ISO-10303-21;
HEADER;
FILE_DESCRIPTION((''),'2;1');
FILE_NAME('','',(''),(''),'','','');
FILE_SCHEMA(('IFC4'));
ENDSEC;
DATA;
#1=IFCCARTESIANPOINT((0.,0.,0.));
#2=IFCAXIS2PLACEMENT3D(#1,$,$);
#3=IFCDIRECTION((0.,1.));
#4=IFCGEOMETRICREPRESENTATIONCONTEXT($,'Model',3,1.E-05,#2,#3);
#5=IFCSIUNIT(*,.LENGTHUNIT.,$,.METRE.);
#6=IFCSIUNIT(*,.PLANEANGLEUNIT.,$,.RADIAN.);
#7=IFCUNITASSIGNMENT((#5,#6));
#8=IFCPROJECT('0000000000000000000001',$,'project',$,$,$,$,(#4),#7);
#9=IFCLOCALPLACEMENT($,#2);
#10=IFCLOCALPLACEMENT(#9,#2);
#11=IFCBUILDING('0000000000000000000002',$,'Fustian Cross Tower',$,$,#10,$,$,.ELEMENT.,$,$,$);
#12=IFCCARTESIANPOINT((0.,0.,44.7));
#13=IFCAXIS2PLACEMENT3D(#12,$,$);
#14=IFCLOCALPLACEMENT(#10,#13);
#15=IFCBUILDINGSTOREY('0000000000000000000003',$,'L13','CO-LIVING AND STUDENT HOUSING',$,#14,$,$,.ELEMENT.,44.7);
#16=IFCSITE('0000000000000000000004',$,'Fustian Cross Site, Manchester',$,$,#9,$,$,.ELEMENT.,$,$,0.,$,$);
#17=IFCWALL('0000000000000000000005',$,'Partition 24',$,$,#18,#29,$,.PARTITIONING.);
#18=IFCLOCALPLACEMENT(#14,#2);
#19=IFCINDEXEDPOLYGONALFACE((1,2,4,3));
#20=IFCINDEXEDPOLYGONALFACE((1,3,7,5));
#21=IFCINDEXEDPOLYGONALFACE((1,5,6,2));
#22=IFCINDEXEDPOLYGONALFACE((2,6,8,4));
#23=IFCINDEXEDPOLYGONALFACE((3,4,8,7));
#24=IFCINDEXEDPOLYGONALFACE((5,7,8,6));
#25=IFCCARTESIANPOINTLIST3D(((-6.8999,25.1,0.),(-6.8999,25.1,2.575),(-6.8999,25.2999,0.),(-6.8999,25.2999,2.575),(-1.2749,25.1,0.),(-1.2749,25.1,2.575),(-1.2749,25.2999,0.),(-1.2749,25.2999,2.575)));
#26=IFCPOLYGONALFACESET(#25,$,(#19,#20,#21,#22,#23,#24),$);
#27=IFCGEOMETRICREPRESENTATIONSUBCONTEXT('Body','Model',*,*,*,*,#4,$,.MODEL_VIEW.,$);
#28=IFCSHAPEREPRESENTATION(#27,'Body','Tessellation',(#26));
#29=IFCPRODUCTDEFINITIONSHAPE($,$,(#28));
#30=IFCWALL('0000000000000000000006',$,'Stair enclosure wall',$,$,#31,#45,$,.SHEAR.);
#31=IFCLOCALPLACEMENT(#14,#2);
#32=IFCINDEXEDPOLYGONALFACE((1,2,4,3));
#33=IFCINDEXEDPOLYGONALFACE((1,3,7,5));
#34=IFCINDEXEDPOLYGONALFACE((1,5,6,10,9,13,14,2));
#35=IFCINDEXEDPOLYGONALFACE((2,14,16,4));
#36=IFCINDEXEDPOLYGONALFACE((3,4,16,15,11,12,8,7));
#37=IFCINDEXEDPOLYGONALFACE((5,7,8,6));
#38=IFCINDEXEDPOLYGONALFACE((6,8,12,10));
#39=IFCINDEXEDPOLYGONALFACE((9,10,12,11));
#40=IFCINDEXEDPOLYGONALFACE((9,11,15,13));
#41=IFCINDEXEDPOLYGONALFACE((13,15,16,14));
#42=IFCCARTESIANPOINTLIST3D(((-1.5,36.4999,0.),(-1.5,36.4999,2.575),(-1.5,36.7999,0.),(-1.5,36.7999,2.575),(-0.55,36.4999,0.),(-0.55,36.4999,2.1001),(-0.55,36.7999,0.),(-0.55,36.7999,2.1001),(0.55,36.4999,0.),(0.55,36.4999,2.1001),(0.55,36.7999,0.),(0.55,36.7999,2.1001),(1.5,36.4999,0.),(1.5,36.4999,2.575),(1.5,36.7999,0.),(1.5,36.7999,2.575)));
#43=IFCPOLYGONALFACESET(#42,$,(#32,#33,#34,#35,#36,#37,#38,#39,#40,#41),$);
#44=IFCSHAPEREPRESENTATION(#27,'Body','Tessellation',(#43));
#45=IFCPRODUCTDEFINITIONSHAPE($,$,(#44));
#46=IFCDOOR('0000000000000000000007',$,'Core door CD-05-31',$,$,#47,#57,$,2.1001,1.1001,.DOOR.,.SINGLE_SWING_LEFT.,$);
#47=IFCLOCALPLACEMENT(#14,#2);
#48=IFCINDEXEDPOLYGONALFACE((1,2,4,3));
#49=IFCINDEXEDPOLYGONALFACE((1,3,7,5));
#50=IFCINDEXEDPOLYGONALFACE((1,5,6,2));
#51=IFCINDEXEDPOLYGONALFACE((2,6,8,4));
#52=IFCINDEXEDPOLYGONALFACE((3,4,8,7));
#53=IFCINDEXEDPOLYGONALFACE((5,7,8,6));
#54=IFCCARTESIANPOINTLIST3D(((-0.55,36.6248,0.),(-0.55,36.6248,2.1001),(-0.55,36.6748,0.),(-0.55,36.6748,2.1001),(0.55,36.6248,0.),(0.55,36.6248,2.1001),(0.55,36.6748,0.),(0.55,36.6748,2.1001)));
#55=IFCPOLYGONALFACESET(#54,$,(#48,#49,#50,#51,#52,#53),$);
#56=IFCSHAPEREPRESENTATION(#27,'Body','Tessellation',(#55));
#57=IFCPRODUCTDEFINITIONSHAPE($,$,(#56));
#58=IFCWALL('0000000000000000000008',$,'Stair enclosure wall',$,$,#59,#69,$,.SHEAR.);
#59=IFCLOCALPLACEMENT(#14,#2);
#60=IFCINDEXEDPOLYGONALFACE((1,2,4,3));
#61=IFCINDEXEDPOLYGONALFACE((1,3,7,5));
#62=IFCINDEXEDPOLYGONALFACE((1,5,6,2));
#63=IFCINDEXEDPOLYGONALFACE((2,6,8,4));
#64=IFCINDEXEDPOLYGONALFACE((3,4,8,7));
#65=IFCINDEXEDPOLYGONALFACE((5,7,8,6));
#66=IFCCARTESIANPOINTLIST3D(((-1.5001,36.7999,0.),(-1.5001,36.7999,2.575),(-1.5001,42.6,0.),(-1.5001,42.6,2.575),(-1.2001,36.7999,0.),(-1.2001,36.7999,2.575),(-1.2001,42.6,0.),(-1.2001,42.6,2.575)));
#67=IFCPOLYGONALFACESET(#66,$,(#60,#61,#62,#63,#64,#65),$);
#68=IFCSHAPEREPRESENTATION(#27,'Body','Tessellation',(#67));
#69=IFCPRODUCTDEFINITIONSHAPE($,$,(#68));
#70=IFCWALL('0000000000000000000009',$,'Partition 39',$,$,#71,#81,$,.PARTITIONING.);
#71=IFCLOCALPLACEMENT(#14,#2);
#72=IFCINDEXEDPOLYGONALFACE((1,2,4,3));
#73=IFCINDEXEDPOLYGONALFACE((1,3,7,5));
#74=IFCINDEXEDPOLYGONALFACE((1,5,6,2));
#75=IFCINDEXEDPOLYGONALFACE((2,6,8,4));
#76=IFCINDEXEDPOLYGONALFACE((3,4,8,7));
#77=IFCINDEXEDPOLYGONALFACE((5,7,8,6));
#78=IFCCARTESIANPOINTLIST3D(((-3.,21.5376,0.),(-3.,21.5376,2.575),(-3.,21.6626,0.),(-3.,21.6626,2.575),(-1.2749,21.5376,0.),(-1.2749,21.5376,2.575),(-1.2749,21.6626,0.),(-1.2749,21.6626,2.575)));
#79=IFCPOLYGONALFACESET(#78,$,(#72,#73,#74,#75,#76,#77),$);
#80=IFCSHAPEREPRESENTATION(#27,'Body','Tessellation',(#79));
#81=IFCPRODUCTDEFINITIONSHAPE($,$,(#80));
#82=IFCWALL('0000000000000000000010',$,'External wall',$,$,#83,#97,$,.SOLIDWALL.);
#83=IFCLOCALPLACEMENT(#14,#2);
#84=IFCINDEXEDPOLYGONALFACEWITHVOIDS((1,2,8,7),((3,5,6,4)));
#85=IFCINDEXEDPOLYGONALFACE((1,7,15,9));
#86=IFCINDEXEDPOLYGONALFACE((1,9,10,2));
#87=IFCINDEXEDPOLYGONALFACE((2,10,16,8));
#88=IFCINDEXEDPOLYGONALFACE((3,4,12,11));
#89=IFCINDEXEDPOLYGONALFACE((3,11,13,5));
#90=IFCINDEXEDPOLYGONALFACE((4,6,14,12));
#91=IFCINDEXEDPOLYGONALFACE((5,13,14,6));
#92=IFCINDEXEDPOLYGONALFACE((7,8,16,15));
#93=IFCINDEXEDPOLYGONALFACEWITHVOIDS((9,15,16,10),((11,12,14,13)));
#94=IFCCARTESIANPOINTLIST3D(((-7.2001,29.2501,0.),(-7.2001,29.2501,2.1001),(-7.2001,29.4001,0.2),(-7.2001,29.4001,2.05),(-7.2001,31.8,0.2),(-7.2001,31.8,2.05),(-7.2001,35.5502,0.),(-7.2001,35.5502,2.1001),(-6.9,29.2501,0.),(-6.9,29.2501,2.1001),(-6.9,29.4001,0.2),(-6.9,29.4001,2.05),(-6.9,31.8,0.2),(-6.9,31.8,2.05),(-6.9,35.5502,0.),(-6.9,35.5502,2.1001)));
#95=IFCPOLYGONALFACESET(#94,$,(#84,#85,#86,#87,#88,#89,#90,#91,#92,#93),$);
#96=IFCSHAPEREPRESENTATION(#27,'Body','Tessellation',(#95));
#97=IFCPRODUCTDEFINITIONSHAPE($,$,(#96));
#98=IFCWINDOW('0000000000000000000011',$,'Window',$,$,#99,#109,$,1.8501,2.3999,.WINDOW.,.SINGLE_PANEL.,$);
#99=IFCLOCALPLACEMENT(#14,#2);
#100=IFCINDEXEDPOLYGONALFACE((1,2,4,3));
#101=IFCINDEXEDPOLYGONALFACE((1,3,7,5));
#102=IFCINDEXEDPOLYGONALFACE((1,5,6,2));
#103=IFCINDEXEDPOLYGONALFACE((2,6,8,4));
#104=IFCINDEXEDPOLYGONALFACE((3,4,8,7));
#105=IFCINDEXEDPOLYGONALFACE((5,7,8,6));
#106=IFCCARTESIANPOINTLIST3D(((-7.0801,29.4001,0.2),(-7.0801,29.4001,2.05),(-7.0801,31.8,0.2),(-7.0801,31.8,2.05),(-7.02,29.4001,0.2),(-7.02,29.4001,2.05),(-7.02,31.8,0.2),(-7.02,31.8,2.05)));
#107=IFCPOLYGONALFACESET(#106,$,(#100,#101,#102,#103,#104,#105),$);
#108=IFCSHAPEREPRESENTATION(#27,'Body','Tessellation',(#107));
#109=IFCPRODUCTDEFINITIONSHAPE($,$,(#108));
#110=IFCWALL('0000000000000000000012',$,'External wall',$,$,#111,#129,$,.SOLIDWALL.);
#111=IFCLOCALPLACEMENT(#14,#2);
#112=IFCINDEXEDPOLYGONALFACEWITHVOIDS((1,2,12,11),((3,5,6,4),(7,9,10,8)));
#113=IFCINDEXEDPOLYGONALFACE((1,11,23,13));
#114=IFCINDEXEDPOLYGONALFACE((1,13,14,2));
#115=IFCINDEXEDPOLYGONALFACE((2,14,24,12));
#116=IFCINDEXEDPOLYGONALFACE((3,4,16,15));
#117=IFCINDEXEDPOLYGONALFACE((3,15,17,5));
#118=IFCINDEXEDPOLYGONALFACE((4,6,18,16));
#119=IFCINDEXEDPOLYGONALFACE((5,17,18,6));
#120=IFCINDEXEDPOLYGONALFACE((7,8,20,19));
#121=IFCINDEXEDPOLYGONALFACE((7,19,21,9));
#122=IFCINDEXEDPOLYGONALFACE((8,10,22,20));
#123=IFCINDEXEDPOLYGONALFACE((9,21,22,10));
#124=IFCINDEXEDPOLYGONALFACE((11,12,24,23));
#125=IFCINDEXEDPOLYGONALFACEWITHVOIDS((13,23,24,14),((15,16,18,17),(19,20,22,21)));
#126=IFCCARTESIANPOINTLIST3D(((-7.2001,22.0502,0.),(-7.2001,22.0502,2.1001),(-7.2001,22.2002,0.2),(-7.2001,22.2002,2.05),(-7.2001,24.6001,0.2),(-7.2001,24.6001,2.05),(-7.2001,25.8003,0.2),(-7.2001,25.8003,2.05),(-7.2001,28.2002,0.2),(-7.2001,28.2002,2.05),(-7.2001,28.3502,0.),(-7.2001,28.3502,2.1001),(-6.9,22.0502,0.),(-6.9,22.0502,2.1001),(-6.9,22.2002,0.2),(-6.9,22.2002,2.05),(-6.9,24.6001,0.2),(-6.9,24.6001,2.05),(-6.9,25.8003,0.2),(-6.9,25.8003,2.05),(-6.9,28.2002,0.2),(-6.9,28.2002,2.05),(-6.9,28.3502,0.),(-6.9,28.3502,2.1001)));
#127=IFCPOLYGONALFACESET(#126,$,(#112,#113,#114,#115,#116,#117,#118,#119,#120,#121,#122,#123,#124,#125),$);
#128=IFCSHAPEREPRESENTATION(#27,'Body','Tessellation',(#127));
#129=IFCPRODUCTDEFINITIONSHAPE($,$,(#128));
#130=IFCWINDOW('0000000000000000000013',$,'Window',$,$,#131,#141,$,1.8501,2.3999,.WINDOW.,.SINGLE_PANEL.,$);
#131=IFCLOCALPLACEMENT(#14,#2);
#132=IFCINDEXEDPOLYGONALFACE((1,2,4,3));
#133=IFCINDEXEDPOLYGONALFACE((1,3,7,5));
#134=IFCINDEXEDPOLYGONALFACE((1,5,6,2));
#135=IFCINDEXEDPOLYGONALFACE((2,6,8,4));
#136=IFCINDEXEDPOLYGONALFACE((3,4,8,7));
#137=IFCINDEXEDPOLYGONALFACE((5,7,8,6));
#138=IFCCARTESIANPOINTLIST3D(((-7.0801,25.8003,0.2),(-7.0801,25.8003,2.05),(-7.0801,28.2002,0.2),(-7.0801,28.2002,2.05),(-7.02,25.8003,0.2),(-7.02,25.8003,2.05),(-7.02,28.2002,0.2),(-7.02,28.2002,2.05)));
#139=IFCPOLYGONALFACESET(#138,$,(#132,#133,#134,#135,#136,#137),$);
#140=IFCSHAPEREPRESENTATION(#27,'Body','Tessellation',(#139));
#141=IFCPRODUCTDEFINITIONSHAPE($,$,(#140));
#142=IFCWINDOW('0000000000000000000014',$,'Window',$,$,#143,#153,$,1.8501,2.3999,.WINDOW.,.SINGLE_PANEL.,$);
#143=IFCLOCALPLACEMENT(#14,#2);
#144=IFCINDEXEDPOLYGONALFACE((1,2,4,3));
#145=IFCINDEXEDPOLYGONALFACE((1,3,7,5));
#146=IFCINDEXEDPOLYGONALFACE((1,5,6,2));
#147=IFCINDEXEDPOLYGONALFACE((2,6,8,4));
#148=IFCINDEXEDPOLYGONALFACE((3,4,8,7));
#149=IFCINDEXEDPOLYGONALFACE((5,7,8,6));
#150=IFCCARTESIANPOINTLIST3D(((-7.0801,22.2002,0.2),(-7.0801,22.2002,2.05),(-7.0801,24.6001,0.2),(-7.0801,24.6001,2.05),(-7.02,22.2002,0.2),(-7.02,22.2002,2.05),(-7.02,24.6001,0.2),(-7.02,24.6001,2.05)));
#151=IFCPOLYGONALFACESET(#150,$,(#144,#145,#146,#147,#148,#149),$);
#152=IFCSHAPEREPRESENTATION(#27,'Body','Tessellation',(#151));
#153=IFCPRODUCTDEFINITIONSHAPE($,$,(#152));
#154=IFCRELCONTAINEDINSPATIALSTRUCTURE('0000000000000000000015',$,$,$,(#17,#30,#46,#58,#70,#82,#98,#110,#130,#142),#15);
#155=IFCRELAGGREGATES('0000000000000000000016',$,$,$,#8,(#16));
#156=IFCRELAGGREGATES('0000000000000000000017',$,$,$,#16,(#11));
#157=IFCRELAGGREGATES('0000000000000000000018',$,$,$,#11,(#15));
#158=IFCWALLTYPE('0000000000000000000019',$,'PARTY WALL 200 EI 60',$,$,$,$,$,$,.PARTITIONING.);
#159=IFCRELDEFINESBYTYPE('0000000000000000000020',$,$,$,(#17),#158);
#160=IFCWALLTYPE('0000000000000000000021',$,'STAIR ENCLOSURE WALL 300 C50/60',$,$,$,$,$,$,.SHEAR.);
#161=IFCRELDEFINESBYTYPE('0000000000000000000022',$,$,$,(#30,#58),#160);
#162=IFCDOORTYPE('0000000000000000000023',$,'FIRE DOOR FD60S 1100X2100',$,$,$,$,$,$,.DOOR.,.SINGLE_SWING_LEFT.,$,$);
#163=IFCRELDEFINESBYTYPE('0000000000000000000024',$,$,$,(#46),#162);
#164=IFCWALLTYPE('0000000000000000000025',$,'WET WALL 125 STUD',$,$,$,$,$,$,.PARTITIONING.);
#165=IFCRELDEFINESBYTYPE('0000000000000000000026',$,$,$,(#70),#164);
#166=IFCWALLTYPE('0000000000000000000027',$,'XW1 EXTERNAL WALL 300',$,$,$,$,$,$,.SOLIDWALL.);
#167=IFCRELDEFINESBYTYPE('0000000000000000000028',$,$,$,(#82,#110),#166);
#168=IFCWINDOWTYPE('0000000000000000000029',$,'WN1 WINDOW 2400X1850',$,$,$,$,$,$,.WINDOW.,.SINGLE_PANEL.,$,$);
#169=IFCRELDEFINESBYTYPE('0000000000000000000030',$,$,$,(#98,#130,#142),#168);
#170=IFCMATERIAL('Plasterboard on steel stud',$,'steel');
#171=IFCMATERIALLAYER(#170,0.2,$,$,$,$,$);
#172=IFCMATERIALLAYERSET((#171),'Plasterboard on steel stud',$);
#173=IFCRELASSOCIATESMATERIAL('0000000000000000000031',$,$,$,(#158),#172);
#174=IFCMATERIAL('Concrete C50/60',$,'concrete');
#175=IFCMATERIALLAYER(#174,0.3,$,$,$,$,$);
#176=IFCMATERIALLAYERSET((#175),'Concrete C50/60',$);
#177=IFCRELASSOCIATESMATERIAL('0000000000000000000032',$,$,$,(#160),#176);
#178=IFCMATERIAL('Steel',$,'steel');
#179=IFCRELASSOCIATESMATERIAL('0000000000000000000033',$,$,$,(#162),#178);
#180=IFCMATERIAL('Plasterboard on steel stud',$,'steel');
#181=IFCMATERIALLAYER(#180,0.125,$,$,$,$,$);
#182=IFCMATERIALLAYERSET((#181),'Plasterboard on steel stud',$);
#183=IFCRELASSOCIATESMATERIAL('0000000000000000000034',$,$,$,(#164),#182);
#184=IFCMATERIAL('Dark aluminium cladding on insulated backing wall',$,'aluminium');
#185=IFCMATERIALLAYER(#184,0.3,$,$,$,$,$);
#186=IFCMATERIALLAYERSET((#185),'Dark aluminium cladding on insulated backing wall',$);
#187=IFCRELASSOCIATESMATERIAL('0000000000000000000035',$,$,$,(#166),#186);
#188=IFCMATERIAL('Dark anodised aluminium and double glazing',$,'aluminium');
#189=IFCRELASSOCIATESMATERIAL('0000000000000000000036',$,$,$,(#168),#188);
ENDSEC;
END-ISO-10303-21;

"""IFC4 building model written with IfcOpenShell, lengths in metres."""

from ifc_helpers import new_model, si_unit, direction, frame, frame_2d, origin, place, context, subcontext, project, spatial, rectangle, extrude, material, layer, layer_set, type_object, element, fill, save


model = new_model("IFC4")

# Units and contexts
model_context = context("Model", 3, precision=1e-05, world=origin(), true_north=direction((0.0, 1.0)))
body_context = subcontext(model_context, "Body", "Model", "MODEL_VIEW")
ifc_project = project(units=[si_unit("LENGTHUNIT", "METRE"), si_unit("PLANEANGLEUNIT", "RADIAN")], contexts=[model_context])

# Site, building, storey
site_placement = place(None, origin())
site = spatial("IfcSite", under=ifc_project, at=site_placement, Name="Fustian Cross Site, Manchester", CompositionType="ELEMENT", RefElevation=0.0)
building_placement = place(site_placement, origin())
building = spatial("IfcBuilding", under=site, at=building_placement, Name="Fustian Cross Tower", CompositionType="ELEMENT")
storey_placement = place(building_placement, frame((0.0, 0.0, 44.7)))
storey = spatial("IfcBuildingStorey", under=building, at=storey_placement, Name="L13", Description="CO-LIVING AND STUDENT HOUSING", CompositionType="ELEMENT", Elevation=44.7)

# Wall
ifc_material_1 = material(Name="Plasterboard on steel stud", Category="steel")
ifc_layer_1 = layer(ifc_material_1, 0.2)
ifc_layer_set_1 = layer_set([ifc_layer_1], Name="Plasterboard on steel stud")
wall_type_1 = type_object("IfcWallType", Name="PARTY WALL 200 EI 60", PredefinedType="PARTITIONING", material=ifc_layer_set_1)
wall_1_placement = place(storey_placement, frame((-6.8999, 25.2, 0.0), z_axis=(0.0, 0.0, 1.0), x_axis=(1.0, 0.0, 0.0)))
element("IfcWall", 1, at=wall_1_placement, inside=storey, type_object=wall_type_1, Name="Partition 24", PredefinedType="PARTITIONING", context=body_context, shape_type="SweptSolid", body=[
    extrude(rectangle(XDim=5.625, YDim=0.2, at=frame_2d((2.8125, 0.0))), origin(), (0.0, 0.0, 1.0), 2.575),
])

# Wall, opening, door
ifc_material_2 = material(Name="Concrete C50/60", Category="concrete")
ifc_layer_2 = layer(ifc_material_2, 0.3)
ifc_layer_set_2 = layer_set([ifc_layer_2], Name="Concrete C50/60")
wall_type_2 = type_object("IfcWallType", Name="STAIR ENCLOSURE WALL 300 C50/60", PredefinedType="SHEAR", material=ifc_layer_set_2)
wall_2_placement = place(storey_placement, frame((-1.5, 36.6499, 0.0), z_axis=(0.0, 0.0, 1.0), x_axis=(1.0, 0.0, 0.0)))
wall_2 = element("IfcWall", 2, at=wall_2_placement, inside=storey, type_object=wall_type_2, Name="Stair enclosure wall", PredefinedType="SHEAR", context=body_context, shape_type="SweptSolid", body=[
    extrude(rectangle(XDim=3.0, YDim=0.3, at=frame_2d((1.5, 0.0))), origin(), (0.0, 0.0, 1.0), 2.575),
])
opening_1_placement = place(wall_2_placement, frame((0.95, 0.0, 0.0)))
opening_1 = element("IfcOpeningElement", 3, at=opening_1_placement, cuts=wall_2, PredefinedType="OPENING", context=body_context, shape_type="SweptSolid", body=[
    extrude(rectangle(XDim=1.1001, YDim=2.1001, at=frame_2d((0.55, 1.05))), frame((0.0, 0.1599, 0.0), z_axis=(0.0, -1.0, 0.0), x_axis=(1.0, 0.0, 0.0)), (0.0, 0.0, 1.0), 0.3201),
])
ifc_material_3 = material(Name="Steel", Category="steel")
door_type_1 = type_object("IfcDoorType", Name="FIRE DOOR FD60S 1100X2100", OperationType="SINGLE_SWING_LEFT", PredefinedType="DOOR", material=ifc_material_3)
door_1_placement = place(opening_1_placement, origin())
door_1 = element("IfcDoor", 4, at=door_1_placement, inside=storey, type_object=door_type_1, Name="Core door CD-05-31", OperationType="SINGLE_SWING_LEFT", OverallHeight=2.1001, OverallWidth=1.1001, PredefinedType="DOOR", context=body_context, shape_type="SweptSolid", body=[
    extrude(rectangle(XDim=1.1001, YDim=2.1001, at=frame_2d((0.55, 1.05))), frame((0.0, 0.0249, 0.0), z_axis=(0.0, -1.0, 0.0), x_axis=(1.0, 0.0, 0.0)), (0.0, 0.0, 1.0), 0.05),
])
fill(opening_1, door_1)

# Walls
wall_3_placement = place(storey_placement, frame((-1.3501, 36.8, 0.0), z_axis=(0.0, 0.0, 1.0), x_axis=(0.0, 1.0, 0.0)))
element("IfcWall", 5, at=wall_3_placement, inside=storey, type_object=wall_type_2, Name="Stair enclosure wall", PredefinedType="SHEAR", context=body_context, shape_type="SweptSolid", body=[
    extrude(rectangle(XDim=5.8, YDim=0.3, at=frame_2d((2.8999, 0.0))), origin(), (0.0, 0.0, 1.0), 2.575),
])
ifc_material_4 = material(Name="Plasterboard on steel stud", Category="steel")
ifc_layer_3 = layer(ifc_material_4, 0.125)
ifc_layer_set_3 = layer_set([ifc_layer_3], Name="Plasterboard on steel stud")
wall_type_3 = type_object("IfcWallType", Name="WET WALL 125 STUD", PredefinedType="PARTITIONING", material=ifc_layer_set_3)
wall_4_placement = place(storey_placement, frame((-3.0, 21.6001, 0.0), z_axis=(0.0, 0.0, 1.0), x_axis=(1.0, 0.0, 0.0)))
element("IfcWall", 6, at=wall_4_placement, inside=storey, type_object=wall_type_3, Name="Partition 39", PredefinedType="PARTITIONING", context=body_context, shape_type="SweptSolid", body=[
    extrude(rectangle(XDim=1.7251, YDim=0.125, at=frame_2d((0.8625, 0.0))), origin(), (0.0, 0.0, 1.0), 2.575),
])

# Wall, opening, window
ifc_material_5 = material(Name="Dark aluminium cladding on insulated backing wall", Category="aluminium")
ifc_layer_4 = layer(ifc_material_5, 0.3)
ifc_layer_set_4 = layer_set([ifc_layer_4], Name="Dark aluminium cladding on insulated backing wall")
wall_type_4 = type_object("IfcWallType", Name="XW1 EXTERNAL WALL 300", PredefinedType="SOLIDWALL", material=ifc_layer_set_4)
wall_5_placement = place(storey_placement, frame((-7.05, 35.55, 0.0), z_axis=(0.0, 0.0, 1.0), x_axis=(0.0, -1.0, 0.0)))
wall_5 = element("IfcWall", 7, at=wall_5_placement, inside=storey, type_object=wall_type_4, Name="External wall", PredefinedType="SOLIDWALL", context=body_context, shape_type="SweptSolid", body=[
    extrude(rectangle(XDim=6.3, YDim=0.3, at=frame_2d((3.1499, 0.0))), origin(), (0.0, 0.0, 1.0), 2.1001),
])
opening_2_placement = place(wall_5_placement, frame((3.75, 0.0, 0.2)))
opening_2 = element("IfcOpeningElement", 8, at=opening_2_placement, cuts=wall_5, PredefinedType="OPENING", context=body_context, shape_type="SweptSolid", body=[
    extrude(rectangle(XDim=2.3999, YDim=1.8501, at=frame_2d((1.2, 0.925))), frame((0.0, 0.1599, 0.0), z_axis=(0.0, -1.0, 0.0), x_axis=(1.0, 0.0, 0.0)), (0.0, 0.0, 1.0), 0.3201),
])
ifc_material_6 = material(Name="Dark anodised aluminium and double glazing", Category="aluminium")
window_type = type_object("IfcWindowType", Name="WN1 WINDOW 2400X1850", PartitioningType="SINGLE_PANEL", PredefinedType="WINDOW", material=ifc_material_6)
window_1_placement = place(opening_2_placement, origin())
window_1 = element("IfcWindow", 9, at=window_1_placement, inside=storey, type_object=window_type, Name="Window", OverallHeight=1.8501, OverallWidth=2.3999, PartitioningType="SINGLE_PANEL", PredefinedType="WINDOW", context=body_context, shape_type="SweptSolid", body=[
    extrude(rectangle(XDim=2.3999, YDim=1.8501, at=frame_2d((1.2, 0.925))), frame((0.0, 0.03, 0.0), z_axis=(0.0, -1.0, 0.0), x_axis=(1.0, 0.0, 0.0)), (0.0, 0.0, 1.0), 0.0601),
])
fill(opening_2, window_1)

# Wall, openings, windows
wall_6_placement = place(storey_placement, frame((-7.05, 28.3501, 0.0), z_axis=(0.0, 0.0, 1.0), x_axis=(0.0, -1.0, 0.0)))
wall_6 = element("IfcWall", 10, at=wall_6_placement, inside=storey, type_object=wall_type_4, Name="External wall", PredefinedType="SOLIDWALL", context=body_context, shape_type="SweptSolid", body=[
    extrude(rectangle(XDim=6.3, YDim=0.3, at=frame_2d((3.1499, 0.0))), origin(), (0.0, 0.0, 1.0), 2.1001),
])
opening_3_placement = place(wall_6_placement, frame((0.1499, 0.0, 0.2)))
opening_3 = element("IfcOpeningElement", 11, at=opening_3_placement, cuts=wall_6, PredefinedType="OPENING", context=body_context, shape_type="SweptSolid", body=[
    extrude(rectangle(XDim=2.3999, YDim=1.8501, at=frame_2d((1.2, 0.925))), frame((0.0, 0.1599, 0.0), z_axis=(0.0, -1.0, 0.0), x_axis=(1.0, 0.0, 0.0)), (0.0, 0.0, 1.0), 0.3201),
])
opening_4_placement = place(wall_6_placement, frame((3.75, 0.0, 0.2)))
opening_4 = element("IfcOpeningElement", 12, at=opening_4_placement, cuts=wall_6, PredefinedType="OPENING", context=body_context, shape_type="SweptSolid", body=[
    extrude(rectangle(XDim=2.3999, YDim=1.8501, at=frame_2d((1.2, 0.925))), frame((0.0, 0.1599, 0.0), z_axis=(0.0, -1.0, 0.0), x_axis=(1.0, 0.0, 0.0)), (0.0, 0.0, 1.0), 0.3201),
])
window_2_placement = place(opening_3_placement, origin())
window_2 = element("IfcWindow", 13, at=window_2_placement, inside=storey, type_object=window_type, Name="Window", OverallHeight=1.8501, OverallWidth=2.3999, PartitioningType="SINGLE_PANEL", PredefinedType="WINDOW", context=body_context, shape_type="SweptSolid", body=[
    extrude(rectangle(XDim=2.3999, YDim=1.8501, at=frame_2d((1.2, 0.925))), frame((0.0, 0.03, 0.0), z_axis=(0.0, -1.0, 0.0), x_axis=(1.0, 0.0, 0.0)), (0.0, 0.0, 1.0), 0.0601),
])
fill(opening_3, window_2)
window_3_placement = place(opening_4_placement, origin())
window_3 = element("IfcWindow", 14, at=window_3_placement, inside=storey, type_object=window_type, Name="Window", OverallHeight=1.8501, OverallWidth=2.3999, PartitioningType="SINGLE_PANEL", PredefinedType="WINDOW", context=body_context, shape_type="SweptSolid", body=[
    extrude(rectangle(XDim=2.3999, YDim=1.8501, at=frame_2d((1.2, 0.925))), frame((0.0, 0.03, 0.0), z_axis=(0.0, -1.0, 0.0), x_axis=(1.0, 0.0, 0.0)), (0.0, 0.0, 1.0), 0.0601),
])
fill(opening_4, window_3)

save(model, "model.ifc")
